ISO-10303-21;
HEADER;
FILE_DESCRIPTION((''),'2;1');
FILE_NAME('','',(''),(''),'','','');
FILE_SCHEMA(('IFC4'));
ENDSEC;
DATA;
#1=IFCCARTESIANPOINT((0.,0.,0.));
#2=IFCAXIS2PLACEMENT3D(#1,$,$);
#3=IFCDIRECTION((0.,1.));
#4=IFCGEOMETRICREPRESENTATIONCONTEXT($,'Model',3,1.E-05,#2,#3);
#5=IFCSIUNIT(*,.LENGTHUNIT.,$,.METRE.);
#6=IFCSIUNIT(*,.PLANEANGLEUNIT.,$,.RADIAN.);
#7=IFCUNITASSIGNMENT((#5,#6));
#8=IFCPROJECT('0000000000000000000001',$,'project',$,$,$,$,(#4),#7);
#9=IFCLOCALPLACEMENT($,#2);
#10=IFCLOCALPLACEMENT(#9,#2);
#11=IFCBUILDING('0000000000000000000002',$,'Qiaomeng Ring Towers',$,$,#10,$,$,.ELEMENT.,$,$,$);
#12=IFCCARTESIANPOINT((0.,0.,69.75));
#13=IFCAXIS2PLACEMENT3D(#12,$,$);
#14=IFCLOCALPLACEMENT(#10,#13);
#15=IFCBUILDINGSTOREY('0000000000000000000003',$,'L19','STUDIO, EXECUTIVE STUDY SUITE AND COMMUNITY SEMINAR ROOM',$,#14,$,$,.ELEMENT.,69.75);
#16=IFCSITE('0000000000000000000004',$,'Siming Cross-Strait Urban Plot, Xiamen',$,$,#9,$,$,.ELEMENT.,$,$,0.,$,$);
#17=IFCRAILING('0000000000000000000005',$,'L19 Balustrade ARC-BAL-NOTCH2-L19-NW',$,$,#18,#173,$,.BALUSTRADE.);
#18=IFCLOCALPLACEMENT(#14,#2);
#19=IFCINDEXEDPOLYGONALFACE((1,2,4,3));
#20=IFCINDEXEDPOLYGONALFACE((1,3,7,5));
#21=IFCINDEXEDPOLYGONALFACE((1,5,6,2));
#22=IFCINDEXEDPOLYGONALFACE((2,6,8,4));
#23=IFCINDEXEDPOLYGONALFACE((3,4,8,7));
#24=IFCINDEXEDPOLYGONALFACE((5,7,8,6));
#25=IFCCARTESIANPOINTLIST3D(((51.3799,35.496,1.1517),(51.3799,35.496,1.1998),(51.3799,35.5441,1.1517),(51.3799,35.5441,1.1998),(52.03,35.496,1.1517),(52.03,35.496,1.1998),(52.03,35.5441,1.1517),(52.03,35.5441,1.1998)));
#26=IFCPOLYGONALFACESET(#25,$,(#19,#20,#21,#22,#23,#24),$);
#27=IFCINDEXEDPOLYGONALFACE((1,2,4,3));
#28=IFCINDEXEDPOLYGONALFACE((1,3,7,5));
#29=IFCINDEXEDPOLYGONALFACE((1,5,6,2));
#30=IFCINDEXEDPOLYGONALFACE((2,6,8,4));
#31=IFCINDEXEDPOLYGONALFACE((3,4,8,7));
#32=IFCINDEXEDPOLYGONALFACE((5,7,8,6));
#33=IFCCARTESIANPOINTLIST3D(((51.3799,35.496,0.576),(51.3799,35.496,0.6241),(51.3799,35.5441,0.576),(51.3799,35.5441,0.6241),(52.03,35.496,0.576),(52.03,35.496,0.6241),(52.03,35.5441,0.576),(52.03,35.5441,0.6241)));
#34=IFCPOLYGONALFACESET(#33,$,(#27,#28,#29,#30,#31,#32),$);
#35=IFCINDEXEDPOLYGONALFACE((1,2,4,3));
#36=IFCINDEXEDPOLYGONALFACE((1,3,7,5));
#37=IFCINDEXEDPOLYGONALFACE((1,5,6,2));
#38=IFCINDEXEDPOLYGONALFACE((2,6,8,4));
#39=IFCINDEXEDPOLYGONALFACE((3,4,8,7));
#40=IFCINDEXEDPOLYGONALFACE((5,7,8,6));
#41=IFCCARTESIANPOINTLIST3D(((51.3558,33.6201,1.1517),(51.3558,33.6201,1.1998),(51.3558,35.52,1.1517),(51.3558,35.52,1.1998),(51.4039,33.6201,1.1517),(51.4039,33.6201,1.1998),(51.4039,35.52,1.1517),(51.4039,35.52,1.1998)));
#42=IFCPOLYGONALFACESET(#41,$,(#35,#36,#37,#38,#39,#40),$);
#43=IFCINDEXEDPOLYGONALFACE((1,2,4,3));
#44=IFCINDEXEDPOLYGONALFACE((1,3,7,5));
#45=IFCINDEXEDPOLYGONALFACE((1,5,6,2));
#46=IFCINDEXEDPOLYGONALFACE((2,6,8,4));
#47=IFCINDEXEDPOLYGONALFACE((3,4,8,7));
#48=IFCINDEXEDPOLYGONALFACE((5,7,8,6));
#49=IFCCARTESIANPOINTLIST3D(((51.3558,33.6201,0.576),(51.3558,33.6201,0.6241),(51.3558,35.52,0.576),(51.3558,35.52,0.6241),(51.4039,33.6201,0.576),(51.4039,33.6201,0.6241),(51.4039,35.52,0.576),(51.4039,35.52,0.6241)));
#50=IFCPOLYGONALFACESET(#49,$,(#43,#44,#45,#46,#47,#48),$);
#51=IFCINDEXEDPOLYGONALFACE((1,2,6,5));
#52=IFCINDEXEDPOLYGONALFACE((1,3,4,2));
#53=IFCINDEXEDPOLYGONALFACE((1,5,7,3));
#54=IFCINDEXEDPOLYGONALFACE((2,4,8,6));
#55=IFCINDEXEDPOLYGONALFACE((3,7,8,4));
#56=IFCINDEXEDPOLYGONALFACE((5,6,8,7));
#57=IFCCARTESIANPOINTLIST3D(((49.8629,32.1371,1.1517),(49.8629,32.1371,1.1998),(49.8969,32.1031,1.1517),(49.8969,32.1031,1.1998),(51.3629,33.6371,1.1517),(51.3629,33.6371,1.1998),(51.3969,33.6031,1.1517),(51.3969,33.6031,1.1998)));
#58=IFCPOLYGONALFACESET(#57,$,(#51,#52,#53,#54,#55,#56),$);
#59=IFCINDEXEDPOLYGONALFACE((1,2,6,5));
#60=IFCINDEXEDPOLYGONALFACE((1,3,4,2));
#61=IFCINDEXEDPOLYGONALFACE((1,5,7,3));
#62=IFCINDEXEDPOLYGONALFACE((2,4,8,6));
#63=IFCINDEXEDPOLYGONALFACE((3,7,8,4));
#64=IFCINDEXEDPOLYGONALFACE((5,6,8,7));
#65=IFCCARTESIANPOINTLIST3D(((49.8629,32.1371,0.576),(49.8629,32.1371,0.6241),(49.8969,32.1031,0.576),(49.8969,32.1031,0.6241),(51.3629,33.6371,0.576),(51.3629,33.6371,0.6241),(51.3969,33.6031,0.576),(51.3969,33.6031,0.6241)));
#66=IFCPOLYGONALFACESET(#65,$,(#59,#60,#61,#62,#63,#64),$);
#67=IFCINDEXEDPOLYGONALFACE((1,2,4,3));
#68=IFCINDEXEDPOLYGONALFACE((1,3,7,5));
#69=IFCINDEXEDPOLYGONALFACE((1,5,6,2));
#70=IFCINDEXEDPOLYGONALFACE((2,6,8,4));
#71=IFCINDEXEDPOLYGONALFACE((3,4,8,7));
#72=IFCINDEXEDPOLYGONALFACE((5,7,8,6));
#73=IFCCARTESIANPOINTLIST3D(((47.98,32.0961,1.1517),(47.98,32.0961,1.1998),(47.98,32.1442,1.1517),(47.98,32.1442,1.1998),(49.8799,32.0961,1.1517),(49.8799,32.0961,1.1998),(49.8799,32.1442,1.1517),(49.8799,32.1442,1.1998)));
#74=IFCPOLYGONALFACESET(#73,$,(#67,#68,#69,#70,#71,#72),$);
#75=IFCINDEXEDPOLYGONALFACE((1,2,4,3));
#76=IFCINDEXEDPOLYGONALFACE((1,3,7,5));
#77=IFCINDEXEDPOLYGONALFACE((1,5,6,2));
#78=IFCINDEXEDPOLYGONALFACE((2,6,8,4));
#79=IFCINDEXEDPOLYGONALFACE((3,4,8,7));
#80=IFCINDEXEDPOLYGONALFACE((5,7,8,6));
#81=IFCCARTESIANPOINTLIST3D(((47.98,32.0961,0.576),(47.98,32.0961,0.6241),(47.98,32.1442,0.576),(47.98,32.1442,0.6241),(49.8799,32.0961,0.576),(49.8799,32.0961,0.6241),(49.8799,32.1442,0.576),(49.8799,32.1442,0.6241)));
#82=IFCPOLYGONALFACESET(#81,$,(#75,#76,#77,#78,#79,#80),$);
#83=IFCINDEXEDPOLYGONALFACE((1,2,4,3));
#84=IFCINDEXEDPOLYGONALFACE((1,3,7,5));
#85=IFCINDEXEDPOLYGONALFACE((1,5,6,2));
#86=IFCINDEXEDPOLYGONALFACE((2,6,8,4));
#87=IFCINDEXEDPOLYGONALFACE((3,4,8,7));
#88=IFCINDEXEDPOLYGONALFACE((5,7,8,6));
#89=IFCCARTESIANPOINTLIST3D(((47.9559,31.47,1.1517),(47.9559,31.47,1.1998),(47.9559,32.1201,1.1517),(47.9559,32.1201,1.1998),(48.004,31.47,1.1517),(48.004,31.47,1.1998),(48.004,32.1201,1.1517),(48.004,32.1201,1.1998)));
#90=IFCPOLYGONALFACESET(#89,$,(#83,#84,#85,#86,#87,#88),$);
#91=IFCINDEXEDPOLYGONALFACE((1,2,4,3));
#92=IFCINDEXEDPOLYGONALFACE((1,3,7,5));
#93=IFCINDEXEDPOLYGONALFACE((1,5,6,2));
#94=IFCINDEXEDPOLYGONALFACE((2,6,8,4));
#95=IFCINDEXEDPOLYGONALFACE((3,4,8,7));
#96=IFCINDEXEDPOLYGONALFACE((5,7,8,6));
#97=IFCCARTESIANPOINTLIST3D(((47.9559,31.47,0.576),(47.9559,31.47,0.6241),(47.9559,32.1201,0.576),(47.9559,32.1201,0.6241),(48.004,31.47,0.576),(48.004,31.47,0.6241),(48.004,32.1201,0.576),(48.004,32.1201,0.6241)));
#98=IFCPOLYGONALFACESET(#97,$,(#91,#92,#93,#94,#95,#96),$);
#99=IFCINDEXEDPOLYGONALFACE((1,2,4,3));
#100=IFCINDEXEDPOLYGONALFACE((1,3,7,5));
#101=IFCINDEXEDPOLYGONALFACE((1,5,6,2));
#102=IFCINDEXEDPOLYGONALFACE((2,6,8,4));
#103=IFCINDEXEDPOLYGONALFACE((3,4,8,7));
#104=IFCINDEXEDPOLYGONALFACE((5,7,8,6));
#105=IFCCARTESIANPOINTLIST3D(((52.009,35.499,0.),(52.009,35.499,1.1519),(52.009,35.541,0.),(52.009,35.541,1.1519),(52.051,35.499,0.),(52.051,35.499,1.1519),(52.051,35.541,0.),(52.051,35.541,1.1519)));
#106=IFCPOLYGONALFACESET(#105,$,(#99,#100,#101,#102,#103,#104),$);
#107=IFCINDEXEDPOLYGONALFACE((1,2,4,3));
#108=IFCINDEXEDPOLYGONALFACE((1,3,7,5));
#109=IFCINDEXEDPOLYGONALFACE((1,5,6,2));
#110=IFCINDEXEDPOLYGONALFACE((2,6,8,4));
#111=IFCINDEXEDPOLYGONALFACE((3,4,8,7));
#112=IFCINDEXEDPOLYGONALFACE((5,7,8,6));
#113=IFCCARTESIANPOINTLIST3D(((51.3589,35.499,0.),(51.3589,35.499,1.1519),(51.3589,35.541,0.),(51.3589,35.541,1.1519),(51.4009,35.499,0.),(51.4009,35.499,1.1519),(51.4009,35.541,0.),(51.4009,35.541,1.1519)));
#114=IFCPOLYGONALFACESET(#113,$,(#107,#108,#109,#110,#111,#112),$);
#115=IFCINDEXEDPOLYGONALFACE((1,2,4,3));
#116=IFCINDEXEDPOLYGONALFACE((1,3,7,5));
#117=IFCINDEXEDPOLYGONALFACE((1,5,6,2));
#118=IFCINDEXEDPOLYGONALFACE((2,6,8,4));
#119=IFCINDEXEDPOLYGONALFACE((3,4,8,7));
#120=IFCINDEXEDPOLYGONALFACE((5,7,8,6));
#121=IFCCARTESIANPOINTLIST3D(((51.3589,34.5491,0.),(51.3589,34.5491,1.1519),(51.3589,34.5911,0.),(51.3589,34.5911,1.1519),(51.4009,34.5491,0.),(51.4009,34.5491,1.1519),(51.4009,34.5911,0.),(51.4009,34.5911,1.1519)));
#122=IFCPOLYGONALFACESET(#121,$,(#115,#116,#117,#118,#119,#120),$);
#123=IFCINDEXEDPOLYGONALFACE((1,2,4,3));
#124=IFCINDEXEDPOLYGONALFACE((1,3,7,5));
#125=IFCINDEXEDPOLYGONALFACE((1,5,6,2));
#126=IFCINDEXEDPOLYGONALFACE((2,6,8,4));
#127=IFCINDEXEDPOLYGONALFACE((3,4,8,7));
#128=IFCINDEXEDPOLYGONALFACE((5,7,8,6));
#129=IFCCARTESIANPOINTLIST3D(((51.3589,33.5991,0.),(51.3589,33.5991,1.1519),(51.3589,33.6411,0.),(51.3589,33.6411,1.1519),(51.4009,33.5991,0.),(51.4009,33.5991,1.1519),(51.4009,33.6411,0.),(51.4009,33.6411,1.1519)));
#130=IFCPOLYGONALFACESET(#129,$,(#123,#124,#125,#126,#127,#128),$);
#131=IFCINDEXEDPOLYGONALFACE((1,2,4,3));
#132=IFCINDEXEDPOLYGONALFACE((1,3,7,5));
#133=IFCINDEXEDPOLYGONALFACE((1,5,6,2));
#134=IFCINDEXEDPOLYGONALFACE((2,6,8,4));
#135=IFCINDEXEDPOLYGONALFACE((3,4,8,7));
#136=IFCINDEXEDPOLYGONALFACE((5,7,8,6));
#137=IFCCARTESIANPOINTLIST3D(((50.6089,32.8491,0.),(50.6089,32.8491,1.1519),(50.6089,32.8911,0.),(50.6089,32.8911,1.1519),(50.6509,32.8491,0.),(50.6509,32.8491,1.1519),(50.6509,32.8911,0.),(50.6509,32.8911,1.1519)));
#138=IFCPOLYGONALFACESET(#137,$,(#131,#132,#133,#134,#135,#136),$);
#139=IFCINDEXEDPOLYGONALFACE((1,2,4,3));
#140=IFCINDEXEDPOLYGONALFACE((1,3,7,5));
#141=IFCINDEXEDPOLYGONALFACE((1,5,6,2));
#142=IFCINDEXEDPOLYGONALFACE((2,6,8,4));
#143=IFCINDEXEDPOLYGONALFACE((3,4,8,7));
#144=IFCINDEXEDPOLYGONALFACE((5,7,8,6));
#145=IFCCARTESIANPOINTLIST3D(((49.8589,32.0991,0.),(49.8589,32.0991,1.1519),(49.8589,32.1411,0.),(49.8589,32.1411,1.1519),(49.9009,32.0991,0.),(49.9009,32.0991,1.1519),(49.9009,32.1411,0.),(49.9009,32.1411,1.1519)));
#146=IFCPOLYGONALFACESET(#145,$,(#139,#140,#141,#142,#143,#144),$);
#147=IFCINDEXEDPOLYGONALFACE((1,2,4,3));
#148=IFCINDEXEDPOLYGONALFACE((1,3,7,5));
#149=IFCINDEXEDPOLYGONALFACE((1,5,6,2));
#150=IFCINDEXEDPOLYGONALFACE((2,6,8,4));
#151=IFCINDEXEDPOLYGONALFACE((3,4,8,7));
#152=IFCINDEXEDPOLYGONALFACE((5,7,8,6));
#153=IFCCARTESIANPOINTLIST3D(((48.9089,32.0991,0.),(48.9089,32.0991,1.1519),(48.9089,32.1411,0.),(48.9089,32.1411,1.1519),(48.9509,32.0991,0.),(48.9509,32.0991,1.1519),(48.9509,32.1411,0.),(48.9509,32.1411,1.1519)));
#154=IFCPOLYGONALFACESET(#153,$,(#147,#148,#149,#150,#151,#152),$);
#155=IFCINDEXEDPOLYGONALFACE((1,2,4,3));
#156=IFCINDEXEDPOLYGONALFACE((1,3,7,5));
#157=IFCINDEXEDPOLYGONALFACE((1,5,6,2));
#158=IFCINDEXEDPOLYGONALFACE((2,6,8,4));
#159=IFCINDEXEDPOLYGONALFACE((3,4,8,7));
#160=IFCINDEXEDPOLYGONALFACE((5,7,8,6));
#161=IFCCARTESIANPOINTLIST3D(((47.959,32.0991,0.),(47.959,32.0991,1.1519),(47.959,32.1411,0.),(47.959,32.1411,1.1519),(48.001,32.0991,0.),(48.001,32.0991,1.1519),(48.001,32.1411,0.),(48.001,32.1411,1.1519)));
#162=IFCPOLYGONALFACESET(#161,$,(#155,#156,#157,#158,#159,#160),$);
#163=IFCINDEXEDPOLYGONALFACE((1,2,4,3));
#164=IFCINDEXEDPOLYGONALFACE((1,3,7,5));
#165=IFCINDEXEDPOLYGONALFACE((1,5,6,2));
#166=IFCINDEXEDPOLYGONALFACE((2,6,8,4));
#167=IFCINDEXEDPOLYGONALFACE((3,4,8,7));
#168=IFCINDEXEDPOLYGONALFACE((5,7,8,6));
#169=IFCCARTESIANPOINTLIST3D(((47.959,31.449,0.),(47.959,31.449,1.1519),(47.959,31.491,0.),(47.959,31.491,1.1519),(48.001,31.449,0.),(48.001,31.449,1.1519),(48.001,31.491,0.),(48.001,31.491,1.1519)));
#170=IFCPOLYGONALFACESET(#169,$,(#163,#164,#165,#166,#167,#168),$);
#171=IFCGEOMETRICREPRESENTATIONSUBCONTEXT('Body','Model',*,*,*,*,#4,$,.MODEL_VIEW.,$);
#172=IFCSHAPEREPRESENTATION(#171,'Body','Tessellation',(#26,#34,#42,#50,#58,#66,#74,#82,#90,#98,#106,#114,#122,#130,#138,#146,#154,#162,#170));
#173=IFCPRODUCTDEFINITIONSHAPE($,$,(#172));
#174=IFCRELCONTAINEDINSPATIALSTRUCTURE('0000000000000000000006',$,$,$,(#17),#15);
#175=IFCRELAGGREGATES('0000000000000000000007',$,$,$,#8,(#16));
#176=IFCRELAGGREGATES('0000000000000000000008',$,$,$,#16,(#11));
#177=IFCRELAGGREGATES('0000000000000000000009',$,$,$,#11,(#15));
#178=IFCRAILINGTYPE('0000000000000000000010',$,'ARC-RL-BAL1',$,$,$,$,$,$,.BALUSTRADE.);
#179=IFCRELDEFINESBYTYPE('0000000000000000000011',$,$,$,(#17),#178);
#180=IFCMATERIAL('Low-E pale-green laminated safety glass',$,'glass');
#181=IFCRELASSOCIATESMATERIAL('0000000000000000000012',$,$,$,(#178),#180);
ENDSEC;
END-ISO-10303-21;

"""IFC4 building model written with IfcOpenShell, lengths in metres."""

from ifc_helpers import new_model, si_unit, direction, frame, origin, origin_2d, place, context, subcontext, project, spatial, rectangle, extrude, material, type_object, element, save


model = new_model("IFC4")

# Units and contexts
model_context = context("Model", 3, precision=1e-05, world=origin(), true_north=direction((0.0, 1.0)))
body_context = subcontext(model_context, "Body", "Model", "MODEL_VIEW")
ifc_project = project(units=[si_unit("LENGTHUNIT", "METRE"), si_unit("PLANEANGLEUNIT", "RADIAN")], contexts=[model_context])

# Site, building, storey
site_placement = place(None, origin())
site = spatial("IfcSite", under=ifc_project, at=site_placement, Name="Siming Cross-Strait Urban Plot, Xiamen", CompositionType="ELEMENT", RefElevation=0.0)
building_placement = place(site_placement, origin())
building = spatial("IfcBuilding", under=site, at=building_placement, Name="Qiaomeng Ring Towers", CompositionType="ELEMENT")
storey_placement = place(building_placement, frame((0.0, 0.0, 69.75)))
storey = spatial("IfcBuildingStorey", under=building, at=storey_placement, Name="L19", Description="STUDIO, EXECUTIVE STUDY SUITE AND COMMUNITY SEMINAR ROOM", CompositionType="ELEMENT", Elevation=69.75)

# Railing
ifc_material_1 = material(Name="Low-E pale-green laminated safety glass", Category="glass")
railing_type = type_object("IfcRailingType", Name="ARC-RL-BAL1", PredefinedType="BALUSTRADE", material=ifc_material_1)
railing_1_placement = place(storey_placement, frame((52.03, 35.52, 0.0)))
element("IfcRailing", 1, at=railing_1_placement, inside=storey, type_object=railing_type, Name="L19 Balustrade ARC-BAL-NOTCH2-L19-NW", PredefinedType="BALUSTRADE", context=body_context, shape_type="SweptSolid", body=[
    extrude(rectangle(XDim=0.0481, YDim=0.0481, at=origin_2d()), frame((0.0, 0.0, 1.1758), z_axis=(-1.0, 0.0, 0.0), x_axis=(0.0, -1.0, 0.0)), (0.0, 0.0, 1.0), 0.6501),
    extrude(rectangle(XDim=0.0481, YDim=0.0481, at=origin_2d()), frame((0.0, 0.0, 0.6001), z_axis=(-1.0, 0.0, 0.0), x_axis=(0.0, -1.0, 0.0)), (0.0, 0.0, 1.0), 0.6501),
    extrude(rectangle(XDim=0.0481, YDim=0.0481, at=origin_2d()), frame((-0.6501, 0.0, 1.1758), z_axis=(0.0, -1.0, 0.0), x_axis=(1.0, 0.0, 0.0)), (0.0, 0.0, 1.0), 1.8999),
    extrude(rectangle(XDim=0.0481, YDim=0.0481, at=origin_2d()), frame((-0.6501, 0.0, 0.6001), z_axis=(0.0, -1.0, 0.0), x_axis=(1.0, 0.0, 0.0)), (0.0, 0.0, 1.0), 1.8999),
    extrude(rectangle(XDim=0.0481, YDim=0.0481, at=origin_2d()), frame((-0.6501, -1.8999, 1.1758), z_axis=(-0.707107, -0.707107, 0.0), x_axis=(0.707107, -0.707107, 0.0)), (0.0, 0.0, 1.0), 2.1213),
    extrude(rectangle(XDim=0.0481, YDim=0.0481, at=origin_2d()), frame((-0.6501, -1.8999, 0.6001), z_axis=(-0.707107, -0.707107, 0.0), x_axis=(0.707107, -0.707107, 0.0)), (0.0, 0.0, 1.0), 2.1213),
    extrude(rectangle(XDim=0.0481, YDim=0.0481, at=origin_2d()), frame((-2.1501, -3.3999, 1.1758), z_axis=(-1.0, 0.0, 0.0), x_axis=(0.0, -1.0, 0.0)), (0.0, 0.0, 1.0), 1.8999),
    extrude(rectangle(XDim=0.0481, YDim=0.0481, at=origin_2d()), frame((-2.1501, -3.3999, 0.6001), z_axis=(-1.0, 0.0, 0.0), x_axis=(0.0, -1.0, 0.0)), (0.0, 0.0, 1.0), 1.8999),
    extrude(rectangle(XDim=0.0481, YDim=0.0481, at=origin_2d()), frame((-4.05, -3.3999, 1.1758), z_axis=(0.0, -1.0, 0.0), x_axis=(1.0, 0.0, 0.0)), (0.0, 0.0, 1.0), 0.6501),
    extrude(rectangle(XDim=0.0481, YDim=0.0481, at=origin_2d()), frame((-4.05, -3.3999, 0.6001), z_axis=(0.0, -1.0, 0.0), x_axis=(1.0, 0.0, 0.0)), (0.0, 0.0, 1.0), 0.6501),
    extrude(rectangle(XDim=0.042, YDim=0.042, at=origin_2d()), origin(), (0.0, 0.0, 1.0), 1.1519),
    extrude(rectangle(XDim=0.042, YDim=0.042, at=origin_2d()), frame((-0.6501, 0.0, 0.0)), (0.0, 0.0, 1.0), 1.1519),
    extrude(rectangle(XDim=0.042, YDim=0.042, at=origin_2d()), frame((-0.6501, -0.95, 0.0)), (0.0, 0.0, 1.0), 1.1519),
    extrude(rectangle(XDim=0.042, YDim=0.042, at=origin_2d()), frame((-0.6501, -1.8999, 0.0)), (0.0, 0.0, 1.0), 1.1519),
    extrude(rectangle(XDim=0.042, YDim=0.042, at=origin_2d()), frame((-1.4001, -2.6499, 0.0)), (0.0, 0.0, 1.0), 1.1519),
    extrude(rectangle(XDim=0.042, YDim=0.042, at=origin_2d()), frame((-2.1501, -3.3999, 0.0)), (0.0, 0.0, 1.0), 1.1519),
    extrude(rectangle(XDim=0.042, YDim=0.042, at=origin_2d()), frame((-3.1001, -3.3999, 0.0)), (0.0, 0.0, 1.0), 1.1519),
    extrude(rectangle(XDim=0.042, YDim=0.042, at=origin_2d()), frame((-4.05, -3.3999, 0.0)), (0.0, 0.0, 1.0), 1.1519),
    extrude(rectangle(XDim=0.042, YDim=0.042, at=origin_2d()), frame((-4.05, -4.05, 0.0)), (0.0, 0.0, 1.0), 1.1519),
])

save(model, "model.ifc")
